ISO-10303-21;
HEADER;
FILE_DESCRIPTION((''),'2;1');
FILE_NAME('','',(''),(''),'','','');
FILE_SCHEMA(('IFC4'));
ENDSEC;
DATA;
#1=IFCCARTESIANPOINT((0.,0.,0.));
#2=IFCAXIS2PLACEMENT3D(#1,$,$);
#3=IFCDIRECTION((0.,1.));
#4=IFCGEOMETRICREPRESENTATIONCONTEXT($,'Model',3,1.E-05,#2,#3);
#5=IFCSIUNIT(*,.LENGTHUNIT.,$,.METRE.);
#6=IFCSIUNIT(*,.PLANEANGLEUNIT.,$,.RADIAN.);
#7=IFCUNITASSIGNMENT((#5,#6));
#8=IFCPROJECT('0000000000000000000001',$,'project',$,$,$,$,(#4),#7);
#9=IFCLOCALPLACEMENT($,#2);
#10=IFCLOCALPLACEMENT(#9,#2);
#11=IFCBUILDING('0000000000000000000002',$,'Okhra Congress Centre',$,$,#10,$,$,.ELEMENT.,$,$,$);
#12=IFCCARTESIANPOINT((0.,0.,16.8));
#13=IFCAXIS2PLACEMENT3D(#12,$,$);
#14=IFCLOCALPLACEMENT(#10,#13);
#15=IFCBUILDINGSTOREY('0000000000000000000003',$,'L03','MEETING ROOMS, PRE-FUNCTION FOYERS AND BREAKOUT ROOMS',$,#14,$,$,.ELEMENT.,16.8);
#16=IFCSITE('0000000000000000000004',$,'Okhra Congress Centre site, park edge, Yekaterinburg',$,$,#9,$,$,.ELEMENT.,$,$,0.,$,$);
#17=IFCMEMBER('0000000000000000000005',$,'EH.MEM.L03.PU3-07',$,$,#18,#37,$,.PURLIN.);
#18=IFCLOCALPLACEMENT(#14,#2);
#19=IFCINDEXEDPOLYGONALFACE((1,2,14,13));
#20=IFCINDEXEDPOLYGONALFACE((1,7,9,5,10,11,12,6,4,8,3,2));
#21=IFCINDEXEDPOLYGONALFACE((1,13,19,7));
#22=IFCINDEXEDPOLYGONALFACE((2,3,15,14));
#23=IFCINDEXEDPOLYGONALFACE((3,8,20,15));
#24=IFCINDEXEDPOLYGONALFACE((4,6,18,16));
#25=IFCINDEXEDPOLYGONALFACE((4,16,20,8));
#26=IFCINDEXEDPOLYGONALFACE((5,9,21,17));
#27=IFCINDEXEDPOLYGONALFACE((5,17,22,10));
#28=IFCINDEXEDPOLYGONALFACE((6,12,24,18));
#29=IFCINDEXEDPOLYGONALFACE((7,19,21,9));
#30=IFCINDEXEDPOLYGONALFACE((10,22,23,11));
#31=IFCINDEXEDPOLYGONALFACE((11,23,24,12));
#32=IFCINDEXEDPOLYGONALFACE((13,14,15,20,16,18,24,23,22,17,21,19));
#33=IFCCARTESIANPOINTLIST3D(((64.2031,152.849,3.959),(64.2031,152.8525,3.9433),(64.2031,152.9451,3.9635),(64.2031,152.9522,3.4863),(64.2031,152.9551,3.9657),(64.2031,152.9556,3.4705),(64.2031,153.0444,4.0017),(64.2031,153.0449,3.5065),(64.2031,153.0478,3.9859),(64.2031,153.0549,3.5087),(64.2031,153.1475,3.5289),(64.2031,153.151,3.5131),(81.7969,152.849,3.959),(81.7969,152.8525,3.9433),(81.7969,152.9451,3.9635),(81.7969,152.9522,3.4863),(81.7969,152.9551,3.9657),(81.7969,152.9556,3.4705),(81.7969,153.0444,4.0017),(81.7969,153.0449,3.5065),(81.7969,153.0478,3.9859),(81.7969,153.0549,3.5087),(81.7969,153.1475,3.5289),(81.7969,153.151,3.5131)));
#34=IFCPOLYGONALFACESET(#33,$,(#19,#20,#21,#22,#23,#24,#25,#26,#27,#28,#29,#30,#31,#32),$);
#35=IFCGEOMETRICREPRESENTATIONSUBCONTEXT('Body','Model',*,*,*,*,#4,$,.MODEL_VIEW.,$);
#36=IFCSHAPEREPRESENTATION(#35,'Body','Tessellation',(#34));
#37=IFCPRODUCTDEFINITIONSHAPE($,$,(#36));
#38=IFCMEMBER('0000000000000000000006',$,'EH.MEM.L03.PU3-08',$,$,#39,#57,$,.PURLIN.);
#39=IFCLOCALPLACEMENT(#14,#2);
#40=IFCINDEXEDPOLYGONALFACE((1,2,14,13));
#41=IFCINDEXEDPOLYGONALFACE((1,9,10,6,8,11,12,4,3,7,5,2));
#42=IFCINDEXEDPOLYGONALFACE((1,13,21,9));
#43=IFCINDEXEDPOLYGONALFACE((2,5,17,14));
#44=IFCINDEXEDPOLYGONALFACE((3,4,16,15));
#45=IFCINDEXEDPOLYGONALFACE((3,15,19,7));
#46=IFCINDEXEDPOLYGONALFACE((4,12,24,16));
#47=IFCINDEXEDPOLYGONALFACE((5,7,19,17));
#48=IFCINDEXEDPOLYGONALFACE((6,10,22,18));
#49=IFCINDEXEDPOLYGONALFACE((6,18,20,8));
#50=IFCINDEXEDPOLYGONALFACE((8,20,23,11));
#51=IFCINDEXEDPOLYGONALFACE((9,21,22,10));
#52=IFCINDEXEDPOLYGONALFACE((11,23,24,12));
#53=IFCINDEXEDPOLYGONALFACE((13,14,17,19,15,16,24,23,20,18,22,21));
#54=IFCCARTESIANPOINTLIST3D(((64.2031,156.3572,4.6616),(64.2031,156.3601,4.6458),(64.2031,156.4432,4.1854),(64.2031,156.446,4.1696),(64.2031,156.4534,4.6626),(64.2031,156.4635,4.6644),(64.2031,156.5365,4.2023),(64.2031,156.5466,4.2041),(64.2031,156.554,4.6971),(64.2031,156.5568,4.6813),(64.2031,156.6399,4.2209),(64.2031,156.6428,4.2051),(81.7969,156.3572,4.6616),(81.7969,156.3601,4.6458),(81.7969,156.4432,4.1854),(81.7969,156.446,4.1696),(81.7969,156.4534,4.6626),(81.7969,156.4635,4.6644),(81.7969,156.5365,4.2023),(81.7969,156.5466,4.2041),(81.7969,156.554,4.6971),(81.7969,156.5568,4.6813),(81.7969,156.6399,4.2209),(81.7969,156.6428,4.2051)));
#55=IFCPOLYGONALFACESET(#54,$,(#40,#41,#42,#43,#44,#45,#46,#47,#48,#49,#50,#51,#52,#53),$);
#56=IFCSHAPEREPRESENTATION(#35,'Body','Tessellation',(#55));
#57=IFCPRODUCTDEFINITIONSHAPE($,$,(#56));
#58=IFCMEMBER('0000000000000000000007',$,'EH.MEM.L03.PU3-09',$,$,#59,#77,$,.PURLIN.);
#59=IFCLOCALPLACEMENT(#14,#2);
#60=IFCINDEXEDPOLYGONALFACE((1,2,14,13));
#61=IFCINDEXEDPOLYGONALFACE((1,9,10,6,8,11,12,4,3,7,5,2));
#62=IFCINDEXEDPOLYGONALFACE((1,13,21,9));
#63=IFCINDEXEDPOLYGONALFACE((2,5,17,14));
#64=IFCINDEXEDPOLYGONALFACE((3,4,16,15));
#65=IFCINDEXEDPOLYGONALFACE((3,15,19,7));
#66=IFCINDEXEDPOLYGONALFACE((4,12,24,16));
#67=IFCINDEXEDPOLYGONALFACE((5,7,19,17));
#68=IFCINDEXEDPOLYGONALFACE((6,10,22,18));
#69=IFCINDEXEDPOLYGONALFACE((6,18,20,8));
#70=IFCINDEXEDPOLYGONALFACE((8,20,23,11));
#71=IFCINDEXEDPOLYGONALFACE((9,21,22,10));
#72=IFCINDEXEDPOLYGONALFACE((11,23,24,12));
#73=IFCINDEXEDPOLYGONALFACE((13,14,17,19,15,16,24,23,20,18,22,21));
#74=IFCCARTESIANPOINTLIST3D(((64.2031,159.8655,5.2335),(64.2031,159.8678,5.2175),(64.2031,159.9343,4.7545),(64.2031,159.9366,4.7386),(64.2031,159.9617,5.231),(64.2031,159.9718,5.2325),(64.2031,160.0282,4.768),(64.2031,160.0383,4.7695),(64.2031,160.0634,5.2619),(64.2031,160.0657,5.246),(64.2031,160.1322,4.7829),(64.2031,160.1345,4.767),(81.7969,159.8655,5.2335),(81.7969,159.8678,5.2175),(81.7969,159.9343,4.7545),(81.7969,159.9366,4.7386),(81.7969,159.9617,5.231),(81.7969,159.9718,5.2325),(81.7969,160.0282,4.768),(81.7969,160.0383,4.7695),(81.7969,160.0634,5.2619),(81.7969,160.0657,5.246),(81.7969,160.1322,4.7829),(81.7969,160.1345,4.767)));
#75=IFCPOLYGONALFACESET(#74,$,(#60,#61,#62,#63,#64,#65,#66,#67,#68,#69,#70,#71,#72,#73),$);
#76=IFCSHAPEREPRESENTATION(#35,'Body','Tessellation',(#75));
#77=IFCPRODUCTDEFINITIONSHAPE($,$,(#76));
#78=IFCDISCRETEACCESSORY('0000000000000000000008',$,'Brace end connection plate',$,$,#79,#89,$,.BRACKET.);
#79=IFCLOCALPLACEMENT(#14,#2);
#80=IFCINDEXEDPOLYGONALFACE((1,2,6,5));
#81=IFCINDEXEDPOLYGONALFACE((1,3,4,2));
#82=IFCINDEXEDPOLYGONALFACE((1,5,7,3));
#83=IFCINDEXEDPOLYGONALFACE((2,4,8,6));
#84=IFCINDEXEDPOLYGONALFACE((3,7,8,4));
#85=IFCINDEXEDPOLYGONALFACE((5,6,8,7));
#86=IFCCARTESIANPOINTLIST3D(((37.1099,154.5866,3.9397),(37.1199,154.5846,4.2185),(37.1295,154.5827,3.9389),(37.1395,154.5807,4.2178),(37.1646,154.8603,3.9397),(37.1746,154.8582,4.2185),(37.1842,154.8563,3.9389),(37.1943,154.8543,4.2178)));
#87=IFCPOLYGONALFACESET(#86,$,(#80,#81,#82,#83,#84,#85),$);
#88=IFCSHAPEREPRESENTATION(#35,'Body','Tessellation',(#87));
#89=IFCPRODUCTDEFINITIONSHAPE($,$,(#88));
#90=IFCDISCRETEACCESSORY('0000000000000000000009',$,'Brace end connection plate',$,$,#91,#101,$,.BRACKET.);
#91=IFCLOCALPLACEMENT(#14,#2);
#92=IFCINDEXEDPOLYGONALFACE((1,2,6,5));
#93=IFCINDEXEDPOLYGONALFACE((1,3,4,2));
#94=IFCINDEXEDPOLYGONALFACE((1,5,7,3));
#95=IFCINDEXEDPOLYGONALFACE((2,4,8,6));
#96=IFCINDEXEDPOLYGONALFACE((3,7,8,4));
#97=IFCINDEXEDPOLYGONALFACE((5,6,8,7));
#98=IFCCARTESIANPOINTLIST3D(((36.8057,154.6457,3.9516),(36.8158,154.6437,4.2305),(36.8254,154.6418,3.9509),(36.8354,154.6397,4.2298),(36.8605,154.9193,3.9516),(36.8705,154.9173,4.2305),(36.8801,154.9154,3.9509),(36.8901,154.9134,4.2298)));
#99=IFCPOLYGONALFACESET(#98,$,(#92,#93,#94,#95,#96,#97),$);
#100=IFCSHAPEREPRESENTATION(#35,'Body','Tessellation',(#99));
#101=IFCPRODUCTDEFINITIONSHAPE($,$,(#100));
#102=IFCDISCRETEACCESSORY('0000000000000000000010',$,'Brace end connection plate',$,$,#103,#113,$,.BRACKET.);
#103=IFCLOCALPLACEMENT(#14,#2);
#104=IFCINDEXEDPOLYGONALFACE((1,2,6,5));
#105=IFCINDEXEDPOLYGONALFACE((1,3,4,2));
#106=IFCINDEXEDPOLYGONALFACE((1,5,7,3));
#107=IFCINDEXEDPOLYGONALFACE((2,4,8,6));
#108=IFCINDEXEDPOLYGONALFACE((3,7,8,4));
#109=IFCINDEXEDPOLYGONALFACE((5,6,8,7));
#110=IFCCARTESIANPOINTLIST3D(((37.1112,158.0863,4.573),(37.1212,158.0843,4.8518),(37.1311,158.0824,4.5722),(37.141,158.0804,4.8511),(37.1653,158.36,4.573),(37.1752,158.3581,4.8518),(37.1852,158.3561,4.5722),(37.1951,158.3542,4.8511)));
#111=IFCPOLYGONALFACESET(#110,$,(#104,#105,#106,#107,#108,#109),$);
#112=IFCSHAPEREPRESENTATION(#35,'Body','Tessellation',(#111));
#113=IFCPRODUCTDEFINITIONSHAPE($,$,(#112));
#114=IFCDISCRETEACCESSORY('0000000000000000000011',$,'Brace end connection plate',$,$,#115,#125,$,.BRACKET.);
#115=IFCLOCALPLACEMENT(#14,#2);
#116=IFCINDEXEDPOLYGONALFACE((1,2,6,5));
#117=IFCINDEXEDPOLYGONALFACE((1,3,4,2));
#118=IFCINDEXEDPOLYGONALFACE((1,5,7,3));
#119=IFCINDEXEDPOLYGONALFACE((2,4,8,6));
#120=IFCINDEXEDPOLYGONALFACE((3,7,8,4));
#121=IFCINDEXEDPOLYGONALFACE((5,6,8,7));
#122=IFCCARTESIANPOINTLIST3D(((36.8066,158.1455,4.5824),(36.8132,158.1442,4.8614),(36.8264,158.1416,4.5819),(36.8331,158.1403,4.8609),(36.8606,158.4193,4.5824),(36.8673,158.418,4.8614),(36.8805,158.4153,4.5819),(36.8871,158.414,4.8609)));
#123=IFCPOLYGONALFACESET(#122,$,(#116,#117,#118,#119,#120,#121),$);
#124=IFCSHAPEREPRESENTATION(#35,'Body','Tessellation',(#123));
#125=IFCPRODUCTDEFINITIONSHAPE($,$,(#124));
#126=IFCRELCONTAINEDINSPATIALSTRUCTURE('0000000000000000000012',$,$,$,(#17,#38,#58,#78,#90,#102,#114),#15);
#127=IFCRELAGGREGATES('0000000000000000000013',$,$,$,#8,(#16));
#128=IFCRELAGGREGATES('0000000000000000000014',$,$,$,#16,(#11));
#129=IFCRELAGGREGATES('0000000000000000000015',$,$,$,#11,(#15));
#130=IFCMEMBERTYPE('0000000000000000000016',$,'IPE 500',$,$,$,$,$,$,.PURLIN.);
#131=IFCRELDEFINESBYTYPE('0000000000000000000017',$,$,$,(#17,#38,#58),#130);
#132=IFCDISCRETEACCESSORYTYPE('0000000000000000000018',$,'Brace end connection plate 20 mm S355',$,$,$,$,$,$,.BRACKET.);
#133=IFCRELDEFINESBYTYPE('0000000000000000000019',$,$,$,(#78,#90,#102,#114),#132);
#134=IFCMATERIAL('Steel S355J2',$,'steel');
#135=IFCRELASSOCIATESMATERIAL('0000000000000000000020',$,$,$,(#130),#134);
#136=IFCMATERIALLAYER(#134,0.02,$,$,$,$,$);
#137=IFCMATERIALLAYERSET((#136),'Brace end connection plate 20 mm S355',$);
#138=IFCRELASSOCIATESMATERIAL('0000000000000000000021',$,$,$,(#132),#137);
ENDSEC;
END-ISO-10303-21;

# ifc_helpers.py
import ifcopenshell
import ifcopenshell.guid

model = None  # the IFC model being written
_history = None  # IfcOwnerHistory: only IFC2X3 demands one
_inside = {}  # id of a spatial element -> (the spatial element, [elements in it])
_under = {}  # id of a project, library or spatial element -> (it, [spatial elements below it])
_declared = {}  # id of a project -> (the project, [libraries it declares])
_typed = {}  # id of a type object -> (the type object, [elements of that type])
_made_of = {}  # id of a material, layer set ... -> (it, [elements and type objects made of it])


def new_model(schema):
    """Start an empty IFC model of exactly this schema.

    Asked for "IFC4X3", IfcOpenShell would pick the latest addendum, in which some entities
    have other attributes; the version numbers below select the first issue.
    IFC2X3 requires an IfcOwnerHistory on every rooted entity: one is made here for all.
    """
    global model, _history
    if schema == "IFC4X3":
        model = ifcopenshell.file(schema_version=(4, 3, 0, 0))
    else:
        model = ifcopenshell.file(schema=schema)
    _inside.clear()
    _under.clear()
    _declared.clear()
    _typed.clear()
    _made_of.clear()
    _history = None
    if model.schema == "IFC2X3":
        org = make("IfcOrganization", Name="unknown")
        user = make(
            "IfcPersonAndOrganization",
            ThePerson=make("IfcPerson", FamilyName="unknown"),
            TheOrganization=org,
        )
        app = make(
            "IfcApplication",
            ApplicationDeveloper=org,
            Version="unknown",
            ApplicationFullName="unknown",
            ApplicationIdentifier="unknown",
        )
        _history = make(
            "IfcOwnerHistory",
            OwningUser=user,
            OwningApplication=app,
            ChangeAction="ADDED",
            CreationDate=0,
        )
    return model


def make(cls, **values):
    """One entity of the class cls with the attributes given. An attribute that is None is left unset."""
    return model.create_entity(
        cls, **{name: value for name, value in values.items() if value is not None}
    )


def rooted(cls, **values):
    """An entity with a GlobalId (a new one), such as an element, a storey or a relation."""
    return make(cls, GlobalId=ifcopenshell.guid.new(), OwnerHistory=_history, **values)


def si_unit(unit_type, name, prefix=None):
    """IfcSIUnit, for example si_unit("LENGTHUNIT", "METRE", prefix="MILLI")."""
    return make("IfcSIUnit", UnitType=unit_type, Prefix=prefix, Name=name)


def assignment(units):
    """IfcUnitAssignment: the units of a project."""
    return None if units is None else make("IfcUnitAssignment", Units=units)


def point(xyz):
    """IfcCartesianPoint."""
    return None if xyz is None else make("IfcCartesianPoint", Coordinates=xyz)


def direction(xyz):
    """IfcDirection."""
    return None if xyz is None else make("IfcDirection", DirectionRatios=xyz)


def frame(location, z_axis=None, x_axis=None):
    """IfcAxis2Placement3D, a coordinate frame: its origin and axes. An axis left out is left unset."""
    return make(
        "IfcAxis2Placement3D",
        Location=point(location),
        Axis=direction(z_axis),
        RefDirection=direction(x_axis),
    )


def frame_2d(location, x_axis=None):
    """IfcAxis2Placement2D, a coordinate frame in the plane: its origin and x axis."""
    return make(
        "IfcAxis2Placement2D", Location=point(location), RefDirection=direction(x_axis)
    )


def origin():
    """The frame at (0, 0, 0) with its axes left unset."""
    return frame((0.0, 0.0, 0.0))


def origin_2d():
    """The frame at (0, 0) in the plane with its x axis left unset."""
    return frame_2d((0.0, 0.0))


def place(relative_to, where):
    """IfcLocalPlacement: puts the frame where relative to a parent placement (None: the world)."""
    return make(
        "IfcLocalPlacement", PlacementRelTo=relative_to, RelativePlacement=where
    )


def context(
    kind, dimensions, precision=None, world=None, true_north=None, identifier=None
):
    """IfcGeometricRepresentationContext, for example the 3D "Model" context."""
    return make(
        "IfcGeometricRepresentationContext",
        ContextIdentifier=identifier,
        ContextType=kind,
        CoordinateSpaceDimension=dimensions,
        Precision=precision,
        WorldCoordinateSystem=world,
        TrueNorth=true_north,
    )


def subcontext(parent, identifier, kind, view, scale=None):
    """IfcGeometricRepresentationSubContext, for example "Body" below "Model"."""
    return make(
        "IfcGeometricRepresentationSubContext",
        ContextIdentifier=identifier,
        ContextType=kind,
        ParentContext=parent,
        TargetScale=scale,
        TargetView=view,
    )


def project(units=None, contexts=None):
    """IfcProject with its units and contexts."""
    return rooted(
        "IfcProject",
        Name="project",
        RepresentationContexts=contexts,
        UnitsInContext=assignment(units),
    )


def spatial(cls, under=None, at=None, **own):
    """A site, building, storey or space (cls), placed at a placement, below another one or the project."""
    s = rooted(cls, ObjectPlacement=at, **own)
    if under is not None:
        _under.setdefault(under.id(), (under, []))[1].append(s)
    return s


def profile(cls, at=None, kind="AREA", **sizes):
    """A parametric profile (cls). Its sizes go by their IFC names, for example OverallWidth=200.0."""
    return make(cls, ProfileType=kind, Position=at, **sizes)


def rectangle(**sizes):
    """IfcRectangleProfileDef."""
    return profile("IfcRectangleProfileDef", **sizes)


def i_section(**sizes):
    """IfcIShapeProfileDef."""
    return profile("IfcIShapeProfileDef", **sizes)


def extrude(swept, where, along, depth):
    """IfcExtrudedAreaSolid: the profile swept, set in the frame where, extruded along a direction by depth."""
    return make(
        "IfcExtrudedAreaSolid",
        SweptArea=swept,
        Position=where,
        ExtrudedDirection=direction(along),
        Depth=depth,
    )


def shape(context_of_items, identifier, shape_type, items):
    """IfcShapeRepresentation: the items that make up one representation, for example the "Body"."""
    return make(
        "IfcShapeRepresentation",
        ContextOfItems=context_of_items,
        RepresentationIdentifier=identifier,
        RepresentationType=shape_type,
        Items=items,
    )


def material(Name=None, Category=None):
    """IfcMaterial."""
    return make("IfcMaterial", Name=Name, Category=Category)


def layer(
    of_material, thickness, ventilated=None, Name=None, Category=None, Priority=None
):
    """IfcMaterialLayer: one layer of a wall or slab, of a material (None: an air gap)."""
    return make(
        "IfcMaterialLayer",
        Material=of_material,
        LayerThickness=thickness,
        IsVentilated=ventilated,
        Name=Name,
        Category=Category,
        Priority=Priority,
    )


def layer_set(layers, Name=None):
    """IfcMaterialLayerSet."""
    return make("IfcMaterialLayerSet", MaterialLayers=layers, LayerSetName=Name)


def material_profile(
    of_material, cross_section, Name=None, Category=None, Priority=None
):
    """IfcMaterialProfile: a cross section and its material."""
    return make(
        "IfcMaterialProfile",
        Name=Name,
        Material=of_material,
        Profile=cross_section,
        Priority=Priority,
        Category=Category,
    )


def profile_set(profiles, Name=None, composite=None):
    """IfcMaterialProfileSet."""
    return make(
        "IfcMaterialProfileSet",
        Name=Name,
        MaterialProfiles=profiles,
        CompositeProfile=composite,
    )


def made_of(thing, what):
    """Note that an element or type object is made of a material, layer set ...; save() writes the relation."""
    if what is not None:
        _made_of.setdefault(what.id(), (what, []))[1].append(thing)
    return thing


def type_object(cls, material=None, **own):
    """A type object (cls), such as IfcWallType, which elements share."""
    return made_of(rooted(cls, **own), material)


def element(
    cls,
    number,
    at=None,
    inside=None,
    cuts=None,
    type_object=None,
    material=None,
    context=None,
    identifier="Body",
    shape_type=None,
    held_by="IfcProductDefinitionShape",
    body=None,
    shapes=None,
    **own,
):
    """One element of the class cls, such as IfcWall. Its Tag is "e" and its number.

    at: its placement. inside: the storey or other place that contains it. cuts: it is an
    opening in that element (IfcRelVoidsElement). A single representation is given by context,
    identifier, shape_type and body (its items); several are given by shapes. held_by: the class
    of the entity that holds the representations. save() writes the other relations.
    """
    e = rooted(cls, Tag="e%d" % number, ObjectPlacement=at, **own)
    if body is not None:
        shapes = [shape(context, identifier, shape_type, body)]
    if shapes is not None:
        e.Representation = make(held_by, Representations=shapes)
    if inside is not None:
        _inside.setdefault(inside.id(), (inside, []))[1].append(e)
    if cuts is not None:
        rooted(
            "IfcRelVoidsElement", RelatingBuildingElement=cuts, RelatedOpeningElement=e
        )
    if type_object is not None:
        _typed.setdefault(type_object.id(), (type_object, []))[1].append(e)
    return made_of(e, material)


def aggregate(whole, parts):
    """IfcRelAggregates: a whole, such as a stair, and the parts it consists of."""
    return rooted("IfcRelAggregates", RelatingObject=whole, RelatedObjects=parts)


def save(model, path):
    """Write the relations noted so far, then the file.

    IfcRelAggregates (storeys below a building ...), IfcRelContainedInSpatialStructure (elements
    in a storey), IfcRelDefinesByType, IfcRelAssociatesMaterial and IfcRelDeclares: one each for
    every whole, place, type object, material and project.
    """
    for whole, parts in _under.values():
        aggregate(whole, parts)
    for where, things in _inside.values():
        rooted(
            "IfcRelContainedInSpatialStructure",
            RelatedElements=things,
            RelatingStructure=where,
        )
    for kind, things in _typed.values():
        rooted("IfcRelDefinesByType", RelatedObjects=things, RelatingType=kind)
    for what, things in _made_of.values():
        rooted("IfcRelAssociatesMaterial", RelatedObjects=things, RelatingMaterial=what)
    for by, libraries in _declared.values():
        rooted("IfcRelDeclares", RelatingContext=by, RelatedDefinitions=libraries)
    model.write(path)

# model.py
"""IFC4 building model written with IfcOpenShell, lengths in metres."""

from ifc_helpers import new_model, si_unit, direction, frame, origin, origin_2d, place, context, subcontext, project, spatial, rectangle, i_section, extrude, material, layer, layer_set, material_profile, profile_set, type_object, element, save


model = new_model("IFC4")

# Units and contexts
model_context = context("Model", 3, precision=1e-05, world=origin(), true_north=direction((0.0, 1.0)))
body_context = subcontext(model_context, "Body", "Model", "MODEL_VIEW")
ifc_project = project(units=[si_unit("LENGTHUNIT", "METRE"), si_unit("PLANEANGLEUNIT", "RADIAN")], contexts=[model_context])

# Site, building, storey
site_placement = place(None, origin())
site = spatial("IfcSite", under=ifc_project, at=site_placement, Name="Okhra Congress Centre site, park edge, Yekaterinburg", CompositionType="ELEMENT", RefElevation=0.0)
building_placement = place(site_placement, origin())
building = spatial("IfcBuilding", under=site, at=building_placement, Name="Okhra Congress Centre", CompositionType="ELEMENT")
storey_placement = place(building_placement, frame((0.0, 0.0, 16.8)))
storey = spatial("IfcBuildingStorey", under=building, at=storey_placement, Name="L03", Description="MEETING ROOMS, PRE-FUNCTION FOYERS AND BREAKOUT ROOMS", CompositionType="ELEMENT", Elevation=16.8)

# Members
ifc_material_1 = material(Name="Steel S355J2", Category="steel")
ifc_material_profile_1 = material_profile(ifc_material_1, i_section(OverallWidth=0.2, OverallDepth=0.5, WebThickness=0.0103, FlangeThickness=0.0161, at=origin_2d()), Name="IPE 500")
ifc_profile_set_1 = profile_set([ifc_material_profile_1], Name="Steel S355J2")
member_type_1 = type_object("IfcMemberType", Name="IPE 500", PredefinedType="PURLIN", material=ifc_profile_set_1)
for number, where, z_axis, x_axis, name in (
    (1, (64.2031, 153.0, 3.7361), (1.0, 0.0, 0.0), (0.0, 0.977008, 0.213204), "EH.MEM.L03.PU3-07"),
    (2, (64.2031, 156.5, 4.4333), (1.0, 0.0, 0.0), (0.0, 0.98409, 0.177669), "EH.MEM.L03.PU3-08"),
    (3, (64.2031, 160.0, 5.0002), (1.0, 0.0, 0.0), (0.0, 0.989847, 0.142135), "EH.MEM.L03.PU3-09"),
):
    element("IfcMember", number, at=place(storey_placement, frame(where, z_axis=z_axis, x_axis=x_axis)), inside=storey, type_object=member_type_1, Name=name, PredefinedType="PURLIN", context=body_context, shape_type="SweptSolid", body=[
        extrude(i_section(OverallWidth=0.2, OverallDepth=0.5, WebThickness=0.0103, FlangeThickness=0.0161, at=origin_2d()), origin(), (0.0, 0.0, 1.0), 17.5938),
    ])

# Discrete accessories
ifc_layer = layer(ifc_material_1, 0.02)
ifc_layer_set = layer_set([ifc_layer], Name="Brace end connection plate 20 mm S355")
discrete_accessory_type = type_object("IfcDiscreteAccessoryType", Name="Brace end connection plate 20 mm S355", PredefinedType="BRACKET", material=ifc_layer_set)
for number, where, z_axis, x_axis, name in (
    (4, (37.1619, 154.7185, 4.0784), (-0.979918, 0.195984, 0.036747), (-0.196116, -0.980581, 0.0), "Brace end connection plate"),
    (5, (36.8381, 154.7815, 4.0911), (0.979918, -0.195984, -0.036747), (0.196116, 0.980581, 0.0), "Brace end connection plate"),
):
    element("IfcDiscreteAccessory", number, at=place(storey_placement, frame(where, z_axis=z_axis, x_axis=x_axis)), inside=storey, type_object=discrete_accessory_type, Name=name, PredefinedType="BRACKET", context=body_context, shape_type="SweptSolid", body=[
        extrude(rectangle(XDim=0.2791, YDim=0.2791, at=origin_2d()), origin(), (0.0, 0.0, 1.0), 0.02),
    ])
for number, where, z_axis, x_axis, name in (
    (6, (37.1631, 158.2183, 4.7117), (-0.980397, 0.193659, 0.036311), (-0.193786, -0.981044, 0.0), "Brace end connection plate"),
    (7, (36.8369, 158.2817, 4.7219), (0.980756, -0.19373, -0.024216), (0.193786, 0.981044, 0.0), "Brace end connection plate"),
):
    element("IfcDiscreteAccessory", number, at=place(storey_placement, frame(where, z_axis=z_axis, x_axis=x_axis)), inside=storey, type_object=discrete_accessory_type, Name=name, PredefinedType="BRACKET", context=body_context, shape_type="SweptSolid", body=[
        extrude(rectangle(XDim=0.2791, YDim=0.2791, at=origin_2d()), origin(), (0.0, 0.0, 1.0), 0.0203),
    ])

save(model, "model.ifc")
